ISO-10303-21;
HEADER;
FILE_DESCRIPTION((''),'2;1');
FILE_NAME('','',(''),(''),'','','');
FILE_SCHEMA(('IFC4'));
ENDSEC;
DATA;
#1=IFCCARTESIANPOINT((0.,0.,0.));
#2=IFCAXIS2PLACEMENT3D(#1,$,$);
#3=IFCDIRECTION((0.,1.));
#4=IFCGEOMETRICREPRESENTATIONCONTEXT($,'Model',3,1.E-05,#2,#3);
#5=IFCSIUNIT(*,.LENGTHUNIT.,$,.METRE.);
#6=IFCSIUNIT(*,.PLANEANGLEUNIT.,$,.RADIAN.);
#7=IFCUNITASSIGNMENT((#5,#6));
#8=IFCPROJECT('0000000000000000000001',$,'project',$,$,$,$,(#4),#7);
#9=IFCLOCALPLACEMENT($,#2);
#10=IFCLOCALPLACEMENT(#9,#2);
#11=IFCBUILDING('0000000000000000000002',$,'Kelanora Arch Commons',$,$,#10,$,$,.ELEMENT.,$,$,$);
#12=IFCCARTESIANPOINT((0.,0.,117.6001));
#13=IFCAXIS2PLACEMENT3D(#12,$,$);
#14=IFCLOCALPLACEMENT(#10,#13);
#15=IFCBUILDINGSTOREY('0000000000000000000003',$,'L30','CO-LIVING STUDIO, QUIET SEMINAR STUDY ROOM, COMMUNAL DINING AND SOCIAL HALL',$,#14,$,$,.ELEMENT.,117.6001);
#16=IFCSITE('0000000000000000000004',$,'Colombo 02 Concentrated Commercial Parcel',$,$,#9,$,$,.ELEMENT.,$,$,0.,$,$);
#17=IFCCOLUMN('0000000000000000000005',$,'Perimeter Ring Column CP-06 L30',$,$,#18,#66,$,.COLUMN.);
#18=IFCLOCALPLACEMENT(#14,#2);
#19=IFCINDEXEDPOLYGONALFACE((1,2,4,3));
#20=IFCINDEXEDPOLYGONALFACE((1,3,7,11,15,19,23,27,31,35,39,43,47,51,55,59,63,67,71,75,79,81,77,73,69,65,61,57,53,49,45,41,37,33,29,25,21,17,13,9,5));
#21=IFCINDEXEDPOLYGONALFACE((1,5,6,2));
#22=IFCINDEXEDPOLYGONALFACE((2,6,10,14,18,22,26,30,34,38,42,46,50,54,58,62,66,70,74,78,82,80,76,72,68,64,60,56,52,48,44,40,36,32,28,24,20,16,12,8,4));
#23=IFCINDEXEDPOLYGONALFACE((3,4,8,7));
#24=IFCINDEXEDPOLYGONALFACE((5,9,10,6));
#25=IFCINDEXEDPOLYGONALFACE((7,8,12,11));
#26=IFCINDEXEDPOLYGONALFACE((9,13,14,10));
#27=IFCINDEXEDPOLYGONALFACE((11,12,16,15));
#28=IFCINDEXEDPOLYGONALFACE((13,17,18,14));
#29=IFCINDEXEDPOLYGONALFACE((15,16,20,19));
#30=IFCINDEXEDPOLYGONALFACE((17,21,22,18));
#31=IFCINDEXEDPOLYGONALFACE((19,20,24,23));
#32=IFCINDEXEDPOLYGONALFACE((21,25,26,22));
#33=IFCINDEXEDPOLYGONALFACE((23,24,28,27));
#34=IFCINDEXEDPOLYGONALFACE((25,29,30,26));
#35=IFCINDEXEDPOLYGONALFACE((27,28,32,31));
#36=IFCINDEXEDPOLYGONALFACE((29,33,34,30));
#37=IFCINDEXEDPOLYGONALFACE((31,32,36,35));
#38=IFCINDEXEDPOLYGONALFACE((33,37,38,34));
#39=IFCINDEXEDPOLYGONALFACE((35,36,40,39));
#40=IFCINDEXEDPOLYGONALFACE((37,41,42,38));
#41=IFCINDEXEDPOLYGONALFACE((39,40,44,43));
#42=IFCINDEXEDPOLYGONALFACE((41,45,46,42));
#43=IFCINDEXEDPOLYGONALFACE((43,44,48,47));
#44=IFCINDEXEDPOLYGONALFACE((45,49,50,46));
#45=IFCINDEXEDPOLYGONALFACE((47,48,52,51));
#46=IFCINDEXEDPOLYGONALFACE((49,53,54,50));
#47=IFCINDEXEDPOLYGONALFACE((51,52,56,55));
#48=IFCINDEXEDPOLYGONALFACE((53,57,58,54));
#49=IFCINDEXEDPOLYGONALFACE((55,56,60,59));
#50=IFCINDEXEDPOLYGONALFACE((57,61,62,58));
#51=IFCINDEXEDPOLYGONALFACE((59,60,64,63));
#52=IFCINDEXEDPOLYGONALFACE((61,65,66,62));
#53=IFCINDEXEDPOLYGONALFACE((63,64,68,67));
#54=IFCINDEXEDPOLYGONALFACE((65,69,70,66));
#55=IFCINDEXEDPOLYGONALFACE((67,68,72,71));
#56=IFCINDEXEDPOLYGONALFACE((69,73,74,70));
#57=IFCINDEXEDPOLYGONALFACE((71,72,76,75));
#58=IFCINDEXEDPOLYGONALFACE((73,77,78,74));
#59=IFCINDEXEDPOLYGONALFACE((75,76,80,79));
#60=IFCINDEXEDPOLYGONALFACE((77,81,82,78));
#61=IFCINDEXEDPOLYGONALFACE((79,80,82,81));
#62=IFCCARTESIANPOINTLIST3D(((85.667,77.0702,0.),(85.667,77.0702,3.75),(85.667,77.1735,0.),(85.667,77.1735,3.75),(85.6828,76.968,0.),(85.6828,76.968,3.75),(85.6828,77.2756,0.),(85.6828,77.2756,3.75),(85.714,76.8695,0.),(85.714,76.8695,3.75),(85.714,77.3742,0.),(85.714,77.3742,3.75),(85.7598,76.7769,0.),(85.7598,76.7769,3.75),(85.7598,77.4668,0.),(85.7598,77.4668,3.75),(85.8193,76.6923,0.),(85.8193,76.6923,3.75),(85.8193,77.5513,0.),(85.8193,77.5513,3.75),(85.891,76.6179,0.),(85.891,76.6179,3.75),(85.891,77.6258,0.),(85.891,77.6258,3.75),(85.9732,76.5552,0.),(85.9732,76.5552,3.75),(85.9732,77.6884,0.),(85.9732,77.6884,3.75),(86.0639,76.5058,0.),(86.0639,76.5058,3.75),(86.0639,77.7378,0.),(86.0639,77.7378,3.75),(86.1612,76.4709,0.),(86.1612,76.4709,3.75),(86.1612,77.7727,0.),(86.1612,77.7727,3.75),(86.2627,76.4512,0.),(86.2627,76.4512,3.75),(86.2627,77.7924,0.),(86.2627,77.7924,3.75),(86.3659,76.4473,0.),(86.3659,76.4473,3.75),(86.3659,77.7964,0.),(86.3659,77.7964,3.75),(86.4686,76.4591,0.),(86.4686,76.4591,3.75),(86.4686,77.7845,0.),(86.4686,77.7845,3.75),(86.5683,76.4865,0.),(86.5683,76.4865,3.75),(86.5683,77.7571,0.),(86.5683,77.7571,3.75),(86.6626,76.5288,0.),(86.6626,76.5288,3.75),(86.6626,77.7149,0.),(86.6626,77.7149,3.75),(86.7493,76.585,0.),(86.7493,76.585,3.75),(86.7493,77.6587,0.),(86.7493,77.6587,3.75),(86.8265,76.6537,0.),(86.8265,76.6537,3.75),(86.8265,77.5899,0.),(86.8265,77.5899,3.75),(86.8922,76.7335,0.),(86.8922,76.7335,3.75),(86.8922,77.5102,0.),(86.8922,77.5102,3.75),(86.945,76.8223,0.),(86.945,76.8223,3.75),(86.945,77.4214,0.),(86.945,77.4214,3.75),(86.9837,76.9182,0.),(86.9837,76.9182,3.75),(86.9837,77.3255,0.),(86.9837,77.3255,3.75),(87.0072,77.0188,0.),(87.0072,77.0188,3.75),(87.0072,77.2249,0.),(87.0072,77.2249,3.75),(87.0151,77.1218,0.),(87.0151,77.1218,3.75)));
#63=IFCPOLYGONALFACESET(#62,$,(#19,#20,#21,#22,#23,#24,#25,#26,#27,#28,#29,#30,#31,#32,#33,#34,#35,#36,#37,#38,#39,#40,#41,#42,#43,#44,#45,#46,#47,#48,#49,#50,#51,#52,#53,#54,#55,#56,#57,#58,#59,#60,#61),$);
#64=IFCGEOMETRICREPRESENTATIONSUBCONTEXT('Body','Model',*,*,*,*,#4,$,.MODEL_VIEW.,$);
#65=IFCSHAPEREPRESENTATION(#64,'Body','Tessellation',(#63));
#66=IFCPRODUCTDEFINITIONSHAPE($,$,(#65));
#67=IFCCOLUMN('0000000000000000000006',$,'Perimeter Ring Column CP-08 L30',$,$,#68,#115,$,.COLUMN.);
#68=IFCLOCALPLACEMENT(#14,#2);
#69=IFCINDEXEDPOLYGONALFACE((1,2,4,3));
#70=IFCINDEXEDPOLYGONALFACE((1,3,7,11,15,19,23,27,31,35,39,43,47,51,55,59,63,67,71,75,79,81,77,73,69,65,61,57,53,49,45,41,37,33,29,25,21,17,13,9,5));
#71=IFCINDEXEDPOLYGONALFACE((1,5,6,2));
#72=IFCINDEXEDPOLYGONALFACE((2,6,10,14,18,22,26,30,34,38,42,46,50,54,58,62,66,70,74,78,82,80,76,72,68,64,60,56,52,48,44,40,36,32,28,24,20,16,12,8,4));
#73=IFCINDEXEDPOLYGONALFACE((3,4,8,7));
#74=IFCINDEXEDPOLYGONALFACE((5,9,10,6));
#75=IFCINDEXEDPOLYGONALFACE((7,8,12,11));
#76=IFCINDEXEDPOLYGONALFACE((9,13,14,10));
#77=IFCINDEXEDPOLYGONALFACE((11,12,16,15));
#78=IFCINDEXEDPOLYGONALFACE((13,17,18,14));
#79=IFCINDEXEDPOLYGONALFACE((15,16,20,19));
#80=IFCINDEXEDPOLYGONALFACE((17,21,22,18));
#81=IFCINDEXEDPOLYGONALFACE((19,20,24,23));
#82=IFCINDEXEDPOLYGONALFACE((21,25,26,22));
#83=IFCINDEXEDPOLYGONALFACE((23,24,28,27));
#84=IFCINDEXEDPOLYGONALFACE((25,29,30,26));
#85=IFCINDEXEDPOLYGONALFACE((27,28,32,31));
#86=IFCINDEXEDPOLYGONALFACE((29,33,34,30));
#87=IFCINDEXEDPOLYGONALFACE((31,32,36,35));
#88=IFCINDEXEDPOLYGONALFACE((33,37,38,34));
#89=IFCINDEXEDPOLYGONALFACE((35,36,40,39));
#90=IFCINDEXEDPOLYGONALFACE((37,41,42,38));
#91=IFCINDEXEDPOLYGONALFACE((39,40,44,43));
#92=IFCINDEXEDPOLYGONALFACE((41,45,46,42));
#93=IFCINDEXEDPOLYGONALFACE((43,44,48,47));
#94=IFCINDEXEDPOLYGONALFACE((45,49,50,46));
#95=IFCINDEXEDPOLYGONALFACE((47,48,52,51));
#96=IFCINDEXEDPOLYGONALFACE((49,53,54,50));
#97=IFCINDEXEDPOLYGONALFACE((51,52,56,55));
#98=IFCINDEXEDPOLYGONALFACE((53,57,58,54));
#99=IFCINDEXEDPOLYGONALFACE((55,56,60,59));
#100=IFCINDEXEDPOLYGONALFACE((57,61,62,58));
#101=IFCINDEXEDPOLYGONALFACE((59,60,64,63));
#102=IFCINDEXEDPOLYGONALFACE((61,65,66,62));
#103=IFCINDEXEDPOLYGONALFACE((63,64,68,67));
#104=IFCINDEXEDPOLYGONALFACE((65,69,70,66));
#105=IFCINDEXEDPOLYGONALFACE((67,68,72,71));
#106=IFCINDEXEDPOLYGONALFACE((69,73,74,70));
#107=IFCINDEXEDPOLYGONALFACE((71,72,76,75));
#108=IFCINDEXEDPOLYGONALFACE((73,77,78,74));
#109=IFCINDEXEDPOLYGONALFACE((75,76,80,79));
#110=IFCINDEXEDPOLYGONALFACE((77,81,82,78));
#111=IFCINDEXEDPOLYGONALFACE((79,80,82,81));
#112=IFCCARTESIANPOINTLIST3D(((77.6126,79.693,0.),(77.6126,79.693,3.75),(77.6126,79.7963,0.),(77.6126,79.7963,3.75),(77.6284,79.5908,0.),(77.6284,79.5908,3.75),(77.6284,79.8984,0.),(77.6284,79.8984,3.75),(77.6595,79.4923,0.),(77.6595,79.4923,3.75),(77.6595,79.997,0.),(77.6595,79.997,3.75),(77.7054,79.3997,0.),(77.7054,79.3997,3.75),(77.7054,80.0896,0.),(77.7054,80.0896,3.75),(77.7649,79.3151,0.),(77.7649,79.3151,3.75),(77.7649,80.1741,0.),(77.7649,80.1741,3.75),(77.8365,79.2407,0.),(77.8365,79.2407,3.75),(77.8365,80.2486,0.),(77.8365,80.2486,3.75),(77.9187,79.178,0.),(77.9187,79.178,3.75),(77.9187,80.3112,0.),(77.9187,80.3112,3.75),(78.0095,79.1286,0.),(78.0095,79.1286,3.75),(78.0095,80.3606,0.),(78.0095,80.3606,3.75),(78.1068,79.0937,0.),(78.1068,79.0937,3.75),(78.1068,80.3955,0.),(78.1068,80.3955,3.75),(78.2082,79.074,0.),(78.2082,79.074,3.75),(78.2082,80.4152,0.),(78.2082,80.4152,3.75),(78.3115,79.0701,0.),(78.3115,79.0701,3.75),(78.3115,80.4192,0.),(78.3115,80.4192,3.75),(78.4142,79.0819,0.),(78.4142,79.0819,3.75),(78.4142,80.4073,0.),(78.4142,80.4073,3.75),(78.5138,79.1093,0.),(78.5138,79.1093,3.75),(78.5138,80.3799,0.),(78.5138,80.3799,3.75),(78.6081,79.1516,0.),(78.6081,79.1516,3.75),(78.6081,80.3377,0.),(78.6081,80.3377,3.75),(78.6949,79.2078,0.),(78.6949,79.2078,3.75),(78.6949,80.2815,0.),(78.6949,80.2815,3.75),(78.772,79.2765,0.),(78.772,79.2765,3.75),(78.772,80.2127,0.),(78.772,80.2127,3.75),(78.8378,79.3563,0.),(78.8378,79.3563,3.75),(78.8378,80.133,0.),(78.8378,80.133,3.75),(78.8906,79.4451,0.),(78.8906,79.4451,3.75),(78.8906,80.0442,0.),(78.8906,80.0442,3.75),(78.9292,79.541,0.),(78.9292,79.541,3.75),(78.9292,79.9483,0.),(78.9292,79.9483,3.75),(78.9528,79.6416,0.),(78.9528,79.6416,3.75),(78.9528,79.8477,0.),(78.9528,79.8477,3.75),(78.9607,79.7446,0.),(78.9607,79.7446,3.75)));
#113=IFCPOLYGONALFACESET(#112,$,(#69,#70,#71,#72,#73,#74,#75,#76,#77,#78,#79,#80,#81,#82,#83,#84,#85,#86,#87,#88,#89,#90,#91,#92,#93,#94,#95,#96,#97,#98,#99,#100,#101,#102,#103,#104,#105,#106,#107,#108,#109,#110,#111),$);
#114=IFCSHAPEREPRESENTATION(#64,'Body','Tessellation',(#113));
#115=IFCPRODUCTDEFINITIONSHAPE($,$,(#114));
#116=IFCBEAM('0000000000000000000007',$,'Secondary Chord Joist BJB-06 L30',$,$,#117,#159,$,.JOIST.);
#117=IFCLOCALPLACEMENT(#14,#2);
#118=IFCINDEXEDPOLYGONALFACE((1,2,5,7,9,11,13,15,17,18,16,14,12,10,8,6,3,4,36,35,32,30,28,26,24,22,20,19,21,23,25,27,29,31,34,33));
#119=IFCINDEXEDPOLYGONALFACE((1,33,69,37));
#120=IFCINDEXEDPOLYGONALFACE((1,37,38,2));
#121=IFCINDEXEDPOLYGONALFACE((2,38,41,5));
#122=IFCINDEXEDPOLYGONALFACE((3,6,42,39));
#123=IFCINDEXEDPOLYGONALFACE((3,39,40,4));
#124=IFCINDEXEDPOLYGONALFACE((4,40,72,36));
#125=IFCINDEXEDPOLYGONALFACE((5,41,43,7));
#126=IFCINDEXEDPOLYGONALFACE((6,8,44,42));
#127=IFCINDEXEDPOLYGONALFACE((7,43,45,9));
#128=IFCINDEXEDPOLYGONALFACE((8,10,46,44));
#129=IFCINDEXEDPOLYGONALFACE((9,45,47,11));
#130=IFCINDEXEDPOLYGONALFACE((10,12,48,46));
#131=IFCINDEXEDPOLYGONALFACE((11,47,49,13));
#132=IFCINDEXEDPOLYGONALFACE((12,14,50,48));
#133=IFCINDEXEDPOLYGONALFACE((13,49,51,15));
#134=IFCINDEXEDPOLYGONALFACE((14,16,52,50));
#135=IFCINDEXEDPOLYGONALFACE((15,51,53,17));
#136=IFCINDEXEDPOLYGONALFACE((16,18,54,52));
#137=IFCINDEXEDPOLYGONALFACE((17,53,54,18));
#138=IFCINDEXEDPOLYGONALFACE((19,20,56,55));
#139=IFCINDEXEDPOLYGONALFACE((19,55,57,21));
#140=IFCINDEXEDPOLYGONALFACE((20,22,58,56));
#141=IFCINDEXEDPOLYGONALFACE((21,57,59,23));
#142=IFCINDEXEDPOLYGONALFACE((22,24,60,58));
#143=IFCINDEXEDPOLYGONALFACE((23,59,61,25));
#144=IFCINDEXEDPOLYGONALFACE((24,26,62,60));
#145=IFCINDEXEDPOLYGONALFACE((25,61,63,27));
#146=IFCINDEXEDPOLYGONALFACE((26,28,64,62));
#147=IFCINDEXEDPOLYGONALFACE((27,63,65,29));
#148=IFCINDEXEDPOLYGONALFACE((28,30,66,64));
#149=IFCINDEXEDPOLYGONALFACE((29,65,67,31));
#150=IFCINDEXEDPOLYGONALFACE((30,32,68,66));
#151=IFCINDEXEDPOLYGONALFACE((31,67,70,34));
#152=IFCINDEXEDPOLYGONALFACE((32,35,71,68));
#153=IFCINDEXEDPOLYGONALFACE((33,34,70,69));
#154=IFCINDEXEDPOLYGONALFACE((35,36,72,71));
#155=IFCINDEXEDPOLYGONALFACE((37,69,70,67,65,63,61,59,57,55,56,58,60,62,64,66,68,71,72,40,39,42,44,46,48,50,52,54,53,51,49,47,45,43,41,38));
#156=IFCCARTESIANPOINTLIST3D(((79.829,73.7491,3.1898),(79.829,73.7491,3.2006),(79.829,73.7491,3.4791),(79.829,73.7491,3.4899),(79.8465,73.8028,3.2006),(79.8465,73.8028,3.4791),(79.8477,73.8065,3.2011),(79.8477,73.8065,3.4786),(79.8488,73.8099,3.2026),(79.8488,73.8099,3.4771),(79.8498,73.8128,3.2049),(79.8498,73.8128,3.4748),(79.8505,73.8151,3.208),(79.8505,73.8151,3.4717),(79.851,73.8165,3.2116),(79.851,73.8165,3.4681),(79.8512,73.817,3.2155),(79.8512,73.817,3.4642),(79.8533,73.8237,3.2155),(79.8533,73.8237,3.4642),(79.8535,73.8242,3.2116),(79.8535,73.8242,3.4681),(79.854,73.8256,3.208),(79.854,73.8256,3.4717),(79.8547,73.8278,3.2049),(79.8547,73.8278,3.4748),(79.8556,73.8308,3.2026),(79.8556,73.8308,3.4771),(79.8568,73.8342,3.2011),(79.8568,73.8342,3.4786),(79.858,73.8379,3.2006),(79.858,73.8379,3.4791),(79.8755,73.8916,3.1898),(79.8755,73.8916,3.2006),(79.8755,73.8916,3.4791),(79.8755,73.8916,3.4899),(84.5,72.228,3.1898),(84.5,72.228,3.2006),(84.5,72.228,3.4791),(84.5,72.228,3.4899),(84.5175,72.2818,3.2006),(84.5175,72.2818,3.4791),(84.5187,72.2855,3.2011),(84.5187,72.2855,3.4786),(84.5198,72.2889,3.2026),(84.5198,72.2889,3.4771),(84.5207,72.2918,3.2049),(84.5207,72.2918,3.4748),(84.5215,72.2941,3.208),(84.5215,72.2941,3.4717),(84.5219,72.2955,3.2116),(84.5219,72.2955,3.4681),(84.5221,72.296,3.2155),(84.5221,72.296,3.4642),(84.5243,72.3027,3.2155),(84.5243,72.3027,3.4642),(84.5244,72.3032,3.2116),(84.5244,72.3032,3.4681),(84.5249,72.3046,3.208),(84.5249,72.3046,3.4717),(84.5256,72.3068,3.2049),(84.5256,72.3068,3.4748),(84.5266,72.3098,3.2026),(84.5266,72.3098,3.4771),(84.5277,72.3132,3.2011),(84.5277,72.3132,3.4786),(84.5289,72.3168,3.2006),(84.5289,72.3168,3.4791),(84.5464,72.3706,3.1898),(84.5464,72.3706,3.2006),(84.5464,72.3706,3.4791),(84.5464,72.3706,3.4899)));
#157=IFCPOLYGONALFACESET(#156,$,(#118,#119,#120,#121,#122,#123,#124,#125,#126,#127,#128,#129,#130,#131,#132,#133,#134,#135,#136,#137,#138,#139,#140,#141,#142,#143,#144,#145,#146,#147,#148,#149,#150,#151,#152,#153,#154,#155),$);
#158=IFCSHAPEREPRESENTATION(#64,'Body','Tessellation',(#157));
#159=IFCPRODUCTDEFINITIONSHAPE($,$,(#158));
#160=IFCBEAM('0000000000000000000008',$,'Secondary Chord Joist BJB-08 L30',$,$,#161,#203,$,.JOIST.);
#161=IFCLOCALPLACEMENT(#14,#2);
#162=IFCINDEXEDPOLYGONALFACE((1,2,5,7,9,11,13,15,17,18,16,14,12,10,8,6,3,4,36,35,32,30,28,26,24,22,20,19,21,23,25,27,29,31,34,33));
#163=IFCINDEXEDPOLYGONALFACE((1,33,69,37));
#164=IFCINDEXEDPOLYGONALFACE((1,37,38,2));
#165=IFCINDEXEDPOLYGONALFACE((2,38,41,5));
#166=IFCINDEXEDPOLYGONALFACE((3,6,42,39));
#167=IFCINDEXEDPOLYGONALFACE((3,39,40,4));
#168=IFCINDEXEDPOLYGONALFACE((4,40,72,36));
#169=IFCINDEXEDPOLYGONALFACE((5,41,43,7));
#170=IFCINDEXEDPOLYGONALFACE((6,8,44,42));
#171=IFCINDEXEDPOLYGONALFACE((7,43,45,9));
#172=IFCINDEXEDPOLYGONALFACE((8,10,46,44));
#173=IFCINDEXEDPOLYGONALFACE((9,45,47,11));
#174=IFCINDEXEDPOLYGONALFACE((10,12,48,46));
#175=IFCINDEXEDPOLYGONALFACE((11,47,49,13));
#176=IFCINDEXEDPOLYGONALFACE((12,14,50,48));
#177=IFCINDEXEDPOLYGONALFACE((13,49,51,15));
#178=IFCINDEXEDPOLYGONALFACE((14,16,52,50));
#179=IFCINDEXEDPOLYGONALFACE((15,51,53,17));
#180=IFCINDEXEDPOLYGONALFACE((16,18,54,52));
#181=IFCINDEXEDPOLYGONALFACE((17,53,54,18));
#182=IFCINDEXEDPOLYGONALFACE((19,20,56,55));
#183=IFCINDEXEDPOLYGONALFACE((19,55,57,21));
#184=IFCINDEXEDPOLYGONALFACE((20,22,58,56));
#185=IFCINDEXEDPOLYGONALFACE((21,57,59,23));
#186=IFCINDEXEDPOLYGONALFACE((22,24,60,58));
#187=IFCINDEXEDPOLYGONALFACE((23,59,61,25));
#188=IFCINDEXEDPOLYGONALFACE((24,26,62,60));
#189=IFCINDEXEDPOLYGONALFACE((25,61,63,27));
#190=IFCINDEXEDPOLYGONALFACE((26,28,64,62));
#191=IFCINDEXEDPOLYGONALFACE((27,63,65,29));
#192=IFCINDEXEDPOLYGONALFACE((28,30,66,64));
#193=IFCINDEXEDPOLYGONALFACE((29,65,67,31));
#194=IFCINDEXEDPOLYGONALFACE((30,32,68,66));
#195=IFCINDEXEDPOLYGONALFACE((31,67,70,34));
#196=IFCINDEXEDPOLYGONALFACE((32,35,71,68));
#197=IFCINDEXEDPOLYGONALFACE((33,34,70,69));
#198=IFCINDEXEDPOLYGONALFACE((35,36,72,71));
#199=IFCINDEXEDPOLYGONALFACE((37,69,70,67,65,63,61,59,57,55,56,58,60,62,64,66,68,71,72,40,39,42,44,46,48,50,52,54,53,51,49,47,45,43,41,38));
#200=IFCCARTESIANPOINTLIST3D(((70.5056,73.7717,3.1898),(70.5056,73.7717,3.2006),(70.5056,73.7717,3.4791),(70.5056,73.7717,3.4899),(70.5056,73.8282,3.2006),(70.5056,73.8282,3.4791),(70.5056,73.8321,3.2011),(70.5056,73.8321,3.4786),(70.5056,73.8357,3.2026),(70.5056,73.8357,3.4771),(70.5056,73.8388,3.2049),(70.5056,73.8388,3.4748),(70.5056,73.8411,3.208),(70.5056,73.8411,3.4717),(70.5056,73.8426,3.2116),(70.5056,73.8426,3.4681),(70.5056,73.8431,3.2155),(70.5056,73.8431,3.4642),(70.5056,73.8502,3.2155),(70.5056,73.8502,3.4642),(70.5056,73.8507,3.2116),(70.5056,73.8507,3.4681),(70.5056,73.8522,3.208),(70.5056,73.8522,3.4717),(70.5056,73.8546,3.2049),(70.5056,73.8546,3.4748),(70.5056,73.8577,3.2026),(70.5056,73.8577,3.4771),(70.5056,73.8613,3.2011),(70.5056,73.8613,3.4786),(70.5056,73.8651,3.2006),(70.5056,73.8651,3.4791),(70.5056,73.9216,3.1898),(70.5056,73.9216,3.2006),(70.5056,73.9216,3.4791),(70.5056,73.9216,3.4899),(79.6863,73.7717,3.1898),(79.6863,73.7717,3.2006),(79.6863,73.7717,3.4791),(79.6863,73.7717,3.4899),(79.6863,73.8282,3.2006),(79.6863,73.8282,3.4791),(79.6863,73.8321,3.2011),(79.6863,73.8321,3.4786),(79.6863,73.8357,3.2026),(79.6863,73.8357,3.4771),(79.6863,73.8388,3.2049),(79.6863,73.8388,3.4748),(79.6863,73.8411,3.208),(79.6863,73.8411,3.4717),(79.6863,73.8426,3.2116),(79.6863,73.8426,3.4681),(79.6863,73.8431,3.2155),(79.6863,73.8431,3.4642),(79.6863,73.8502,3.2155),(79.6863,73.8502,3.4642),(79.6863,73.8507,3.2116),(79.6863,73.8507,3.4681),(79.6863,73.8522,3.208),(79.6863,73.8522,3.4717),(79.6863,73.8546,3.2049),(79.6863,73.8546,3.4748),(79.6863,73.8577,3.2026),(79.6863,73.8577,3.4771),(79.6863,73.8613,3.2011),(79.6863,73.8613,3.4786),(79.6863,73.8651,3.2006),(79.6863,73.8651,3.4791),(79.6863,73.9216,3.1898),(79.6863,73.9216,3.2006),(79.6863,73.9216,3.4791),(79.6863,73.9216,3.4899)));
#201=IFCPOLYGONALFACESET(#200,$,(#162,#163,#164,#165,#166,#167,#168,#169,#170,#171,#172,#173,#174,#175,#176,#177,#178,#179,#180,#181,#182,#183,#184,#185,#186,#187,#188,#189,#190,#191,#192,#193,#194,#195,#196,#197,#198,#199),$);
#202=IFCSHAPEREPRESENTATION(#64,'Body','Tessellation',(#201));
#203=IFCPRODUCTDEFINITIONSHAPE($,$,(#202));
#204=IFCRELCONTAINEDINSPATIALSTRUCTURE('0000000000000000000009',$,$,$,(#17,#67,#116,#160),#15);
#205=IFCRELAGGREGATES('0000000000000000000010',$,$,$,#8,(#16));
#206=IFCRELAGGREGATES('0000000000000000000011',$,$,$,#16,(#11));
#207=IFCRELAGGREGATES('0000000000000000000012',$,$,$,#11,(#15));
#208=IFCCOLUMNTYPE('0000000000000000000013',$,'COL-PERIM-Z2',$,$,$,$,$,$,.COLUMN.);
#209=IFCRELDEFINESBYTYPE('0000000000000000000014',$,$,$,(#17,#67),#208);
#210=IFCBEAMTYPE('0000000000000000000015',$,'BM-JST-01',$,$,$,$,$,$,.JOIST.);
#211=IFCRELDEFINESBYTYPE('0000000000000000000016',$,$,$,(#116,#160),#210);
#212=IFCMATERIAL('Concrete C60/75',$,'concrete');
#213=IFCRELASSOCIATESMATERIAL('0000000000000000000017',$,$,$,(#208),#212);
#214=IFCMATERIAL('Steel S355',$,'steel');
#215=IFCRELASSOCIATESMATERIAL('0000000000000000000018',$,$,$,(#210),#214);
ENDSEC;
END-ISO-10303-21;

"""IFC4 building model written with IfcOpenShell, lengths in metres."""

from ifc_helpers import new_model, si_unit, direction, frame, origin, origin_2d, place, context, subcontext, project, spatial, circle, i_section, extrude, material, material_profile, profile_set, type_object, element, save


model = new_model("IFC4")

# Units and contexts
model_context = context("Model", 3, precision=1e-05, world=origin(), true_north=direction((0.0, 1.0)))
body_context = subcontext(model_context, "Body", "Model", "MODEL_VIEW")
ifc_project = project(units=[si_unit("LENGTHUNIT", "METRE"), si_unit("PLANEANGLEUNIT", "RADIAN")], contexts=[model_context])

# Site, building, storey
site_placement = place(None, origin())
site = spatial("IfcSite", under=ifc_project, at=site_placement, Name="Colombo 02 Concentrated Commercial Parcel", CompositionType="ELEMENT", RefElevation=0.0)
building_placement = place(site_placement, origin())
building = spatial("IfcBuilding", under=site, at=building_placement, Name="Kelanora Arch Commons", CompositionType="ELEMENT")
storey_placement = place(building_placement, frame((0.0, 0.0, 117.6001)))
storey = spatial("IfcBuildingStorey", under=building, at=storey_placement, Name="L30", Description="CO-LIVING STUDIO, QUIET SEMINAR STUDY ROOM, COMMUNAL DINING AND SOCIAL HALL", CompositionType="ELEMENT", Elevation=117.6001)

# Columns
ifc_material_1 = material(Name="Concrete C60/75", Category="concrete")
ifc_material_profile_1 = material_profile(ifc_material_1, circle(Radius=0.675, at=origin_2d()), Name="RCC1350")
ifc_profile_set_1 = profile_set([ifc_material_profile_1], Name="Concrete C60/75")
column_type = type_object("IfcColumnType", Name="COL-PERIM-Z2", PredefinedType="COLUMN", material=ifc_profile_set_1)
for number, where, z_axis, x_axis, name in (
    (1, (86.3401, 77.1218, 0.0), (0.0, 0.0, 1.0), (1.0, 0.0, 0.0), "Perimeter Ring Column CP-06 L30"),
    (2, (78.2856, 79.7446, 0.0), (0.0, 0.0, 1.0), (1.0, 0.0, 0.0), "Perimeter Ring Column CP-08 L30"),
):
    element("IfcColumn", number, at=place(storey_placement, frame(where, z_axis=z_axis, x_axis=x_axis)), inside=storey, type_object=column_type, Name=name, PredefinedType="COLUMN", context=body_context, shape_type="SweptSolid", body=[
        extrude(circle(Radius=0.675, at=origin_2d()), origin(), (0.0, 0.0, 1.0), 3.75),
    ])

# Beams
ifc_material_2 = material(Name="Steel S355", Category="steel")
ifc_material_profile_2 = material_profile(ifc_material_2, i_section(OverallWidth=0.1499, OverallDepth=0.3, WebThickness=0.0071, FlangeThickness=0.0107, FilletRadius=0.0149, at=origin_2d()), Name="IPE300")
ifc_profile_set_2 = profile_set([ifc_material_profile_2], Name="Steel S355")
beam_type_1 = type_object("IfcBeamType", Name="BM-JST-01", PredefinedType="JOIST", material=ifc_profile_set_2)
beam_1_placement = place(storey_placement, frame((84.5232, 72.2993, 3.3398), z_axis=(-0.950857, 0.30963, 0.0), x_axis=(-0.30963, -0.950857, 0.0)))
element("IfcBeam", 3, at=beam_1_placement, inside=storey, type_object=beam_type_1, Name="Secondary Chord Joist BJB-06 L30", PredefinedType="JOIST", context=body_context, shape_type="SweptSolid", body=[
    extrude(i_section(OverallWidth=0.1499, OverallDepth=0.3, WebThickness=0.0071, FlangeThickness=0.0107, FilletRadius=0.0149, at=origin_2d()), origin(), (0.0, 0.0, 1.0), 4.9124),
])
beam_2_placement = place(storey_placement, frame((79.6863, 73.8467, 3.3398), z_axis=(-1.0, 0.0, 0.0), x_axis=(0.0, -1.0, 0.0)))
element("IfcBeam", 4, at=beam_2_placement, inside=storey, type_object=beam_type_1, Name="Secondary Chord Joist BJB-08 L30", PredefinedType="JOIST", context=body_context, shape_type="SweptSolid", body=[
    extrude(i_section(OverallWidth=0.1499, OverallDepth=0.3, WebThickness=0.0071, FlangeThickness=0.0107, FilletRadius=0.0149, at=origin_2d()), origin(), (0.0, 0.0, 1.0), 9.1807),
])

save(model, "model.ifc")
